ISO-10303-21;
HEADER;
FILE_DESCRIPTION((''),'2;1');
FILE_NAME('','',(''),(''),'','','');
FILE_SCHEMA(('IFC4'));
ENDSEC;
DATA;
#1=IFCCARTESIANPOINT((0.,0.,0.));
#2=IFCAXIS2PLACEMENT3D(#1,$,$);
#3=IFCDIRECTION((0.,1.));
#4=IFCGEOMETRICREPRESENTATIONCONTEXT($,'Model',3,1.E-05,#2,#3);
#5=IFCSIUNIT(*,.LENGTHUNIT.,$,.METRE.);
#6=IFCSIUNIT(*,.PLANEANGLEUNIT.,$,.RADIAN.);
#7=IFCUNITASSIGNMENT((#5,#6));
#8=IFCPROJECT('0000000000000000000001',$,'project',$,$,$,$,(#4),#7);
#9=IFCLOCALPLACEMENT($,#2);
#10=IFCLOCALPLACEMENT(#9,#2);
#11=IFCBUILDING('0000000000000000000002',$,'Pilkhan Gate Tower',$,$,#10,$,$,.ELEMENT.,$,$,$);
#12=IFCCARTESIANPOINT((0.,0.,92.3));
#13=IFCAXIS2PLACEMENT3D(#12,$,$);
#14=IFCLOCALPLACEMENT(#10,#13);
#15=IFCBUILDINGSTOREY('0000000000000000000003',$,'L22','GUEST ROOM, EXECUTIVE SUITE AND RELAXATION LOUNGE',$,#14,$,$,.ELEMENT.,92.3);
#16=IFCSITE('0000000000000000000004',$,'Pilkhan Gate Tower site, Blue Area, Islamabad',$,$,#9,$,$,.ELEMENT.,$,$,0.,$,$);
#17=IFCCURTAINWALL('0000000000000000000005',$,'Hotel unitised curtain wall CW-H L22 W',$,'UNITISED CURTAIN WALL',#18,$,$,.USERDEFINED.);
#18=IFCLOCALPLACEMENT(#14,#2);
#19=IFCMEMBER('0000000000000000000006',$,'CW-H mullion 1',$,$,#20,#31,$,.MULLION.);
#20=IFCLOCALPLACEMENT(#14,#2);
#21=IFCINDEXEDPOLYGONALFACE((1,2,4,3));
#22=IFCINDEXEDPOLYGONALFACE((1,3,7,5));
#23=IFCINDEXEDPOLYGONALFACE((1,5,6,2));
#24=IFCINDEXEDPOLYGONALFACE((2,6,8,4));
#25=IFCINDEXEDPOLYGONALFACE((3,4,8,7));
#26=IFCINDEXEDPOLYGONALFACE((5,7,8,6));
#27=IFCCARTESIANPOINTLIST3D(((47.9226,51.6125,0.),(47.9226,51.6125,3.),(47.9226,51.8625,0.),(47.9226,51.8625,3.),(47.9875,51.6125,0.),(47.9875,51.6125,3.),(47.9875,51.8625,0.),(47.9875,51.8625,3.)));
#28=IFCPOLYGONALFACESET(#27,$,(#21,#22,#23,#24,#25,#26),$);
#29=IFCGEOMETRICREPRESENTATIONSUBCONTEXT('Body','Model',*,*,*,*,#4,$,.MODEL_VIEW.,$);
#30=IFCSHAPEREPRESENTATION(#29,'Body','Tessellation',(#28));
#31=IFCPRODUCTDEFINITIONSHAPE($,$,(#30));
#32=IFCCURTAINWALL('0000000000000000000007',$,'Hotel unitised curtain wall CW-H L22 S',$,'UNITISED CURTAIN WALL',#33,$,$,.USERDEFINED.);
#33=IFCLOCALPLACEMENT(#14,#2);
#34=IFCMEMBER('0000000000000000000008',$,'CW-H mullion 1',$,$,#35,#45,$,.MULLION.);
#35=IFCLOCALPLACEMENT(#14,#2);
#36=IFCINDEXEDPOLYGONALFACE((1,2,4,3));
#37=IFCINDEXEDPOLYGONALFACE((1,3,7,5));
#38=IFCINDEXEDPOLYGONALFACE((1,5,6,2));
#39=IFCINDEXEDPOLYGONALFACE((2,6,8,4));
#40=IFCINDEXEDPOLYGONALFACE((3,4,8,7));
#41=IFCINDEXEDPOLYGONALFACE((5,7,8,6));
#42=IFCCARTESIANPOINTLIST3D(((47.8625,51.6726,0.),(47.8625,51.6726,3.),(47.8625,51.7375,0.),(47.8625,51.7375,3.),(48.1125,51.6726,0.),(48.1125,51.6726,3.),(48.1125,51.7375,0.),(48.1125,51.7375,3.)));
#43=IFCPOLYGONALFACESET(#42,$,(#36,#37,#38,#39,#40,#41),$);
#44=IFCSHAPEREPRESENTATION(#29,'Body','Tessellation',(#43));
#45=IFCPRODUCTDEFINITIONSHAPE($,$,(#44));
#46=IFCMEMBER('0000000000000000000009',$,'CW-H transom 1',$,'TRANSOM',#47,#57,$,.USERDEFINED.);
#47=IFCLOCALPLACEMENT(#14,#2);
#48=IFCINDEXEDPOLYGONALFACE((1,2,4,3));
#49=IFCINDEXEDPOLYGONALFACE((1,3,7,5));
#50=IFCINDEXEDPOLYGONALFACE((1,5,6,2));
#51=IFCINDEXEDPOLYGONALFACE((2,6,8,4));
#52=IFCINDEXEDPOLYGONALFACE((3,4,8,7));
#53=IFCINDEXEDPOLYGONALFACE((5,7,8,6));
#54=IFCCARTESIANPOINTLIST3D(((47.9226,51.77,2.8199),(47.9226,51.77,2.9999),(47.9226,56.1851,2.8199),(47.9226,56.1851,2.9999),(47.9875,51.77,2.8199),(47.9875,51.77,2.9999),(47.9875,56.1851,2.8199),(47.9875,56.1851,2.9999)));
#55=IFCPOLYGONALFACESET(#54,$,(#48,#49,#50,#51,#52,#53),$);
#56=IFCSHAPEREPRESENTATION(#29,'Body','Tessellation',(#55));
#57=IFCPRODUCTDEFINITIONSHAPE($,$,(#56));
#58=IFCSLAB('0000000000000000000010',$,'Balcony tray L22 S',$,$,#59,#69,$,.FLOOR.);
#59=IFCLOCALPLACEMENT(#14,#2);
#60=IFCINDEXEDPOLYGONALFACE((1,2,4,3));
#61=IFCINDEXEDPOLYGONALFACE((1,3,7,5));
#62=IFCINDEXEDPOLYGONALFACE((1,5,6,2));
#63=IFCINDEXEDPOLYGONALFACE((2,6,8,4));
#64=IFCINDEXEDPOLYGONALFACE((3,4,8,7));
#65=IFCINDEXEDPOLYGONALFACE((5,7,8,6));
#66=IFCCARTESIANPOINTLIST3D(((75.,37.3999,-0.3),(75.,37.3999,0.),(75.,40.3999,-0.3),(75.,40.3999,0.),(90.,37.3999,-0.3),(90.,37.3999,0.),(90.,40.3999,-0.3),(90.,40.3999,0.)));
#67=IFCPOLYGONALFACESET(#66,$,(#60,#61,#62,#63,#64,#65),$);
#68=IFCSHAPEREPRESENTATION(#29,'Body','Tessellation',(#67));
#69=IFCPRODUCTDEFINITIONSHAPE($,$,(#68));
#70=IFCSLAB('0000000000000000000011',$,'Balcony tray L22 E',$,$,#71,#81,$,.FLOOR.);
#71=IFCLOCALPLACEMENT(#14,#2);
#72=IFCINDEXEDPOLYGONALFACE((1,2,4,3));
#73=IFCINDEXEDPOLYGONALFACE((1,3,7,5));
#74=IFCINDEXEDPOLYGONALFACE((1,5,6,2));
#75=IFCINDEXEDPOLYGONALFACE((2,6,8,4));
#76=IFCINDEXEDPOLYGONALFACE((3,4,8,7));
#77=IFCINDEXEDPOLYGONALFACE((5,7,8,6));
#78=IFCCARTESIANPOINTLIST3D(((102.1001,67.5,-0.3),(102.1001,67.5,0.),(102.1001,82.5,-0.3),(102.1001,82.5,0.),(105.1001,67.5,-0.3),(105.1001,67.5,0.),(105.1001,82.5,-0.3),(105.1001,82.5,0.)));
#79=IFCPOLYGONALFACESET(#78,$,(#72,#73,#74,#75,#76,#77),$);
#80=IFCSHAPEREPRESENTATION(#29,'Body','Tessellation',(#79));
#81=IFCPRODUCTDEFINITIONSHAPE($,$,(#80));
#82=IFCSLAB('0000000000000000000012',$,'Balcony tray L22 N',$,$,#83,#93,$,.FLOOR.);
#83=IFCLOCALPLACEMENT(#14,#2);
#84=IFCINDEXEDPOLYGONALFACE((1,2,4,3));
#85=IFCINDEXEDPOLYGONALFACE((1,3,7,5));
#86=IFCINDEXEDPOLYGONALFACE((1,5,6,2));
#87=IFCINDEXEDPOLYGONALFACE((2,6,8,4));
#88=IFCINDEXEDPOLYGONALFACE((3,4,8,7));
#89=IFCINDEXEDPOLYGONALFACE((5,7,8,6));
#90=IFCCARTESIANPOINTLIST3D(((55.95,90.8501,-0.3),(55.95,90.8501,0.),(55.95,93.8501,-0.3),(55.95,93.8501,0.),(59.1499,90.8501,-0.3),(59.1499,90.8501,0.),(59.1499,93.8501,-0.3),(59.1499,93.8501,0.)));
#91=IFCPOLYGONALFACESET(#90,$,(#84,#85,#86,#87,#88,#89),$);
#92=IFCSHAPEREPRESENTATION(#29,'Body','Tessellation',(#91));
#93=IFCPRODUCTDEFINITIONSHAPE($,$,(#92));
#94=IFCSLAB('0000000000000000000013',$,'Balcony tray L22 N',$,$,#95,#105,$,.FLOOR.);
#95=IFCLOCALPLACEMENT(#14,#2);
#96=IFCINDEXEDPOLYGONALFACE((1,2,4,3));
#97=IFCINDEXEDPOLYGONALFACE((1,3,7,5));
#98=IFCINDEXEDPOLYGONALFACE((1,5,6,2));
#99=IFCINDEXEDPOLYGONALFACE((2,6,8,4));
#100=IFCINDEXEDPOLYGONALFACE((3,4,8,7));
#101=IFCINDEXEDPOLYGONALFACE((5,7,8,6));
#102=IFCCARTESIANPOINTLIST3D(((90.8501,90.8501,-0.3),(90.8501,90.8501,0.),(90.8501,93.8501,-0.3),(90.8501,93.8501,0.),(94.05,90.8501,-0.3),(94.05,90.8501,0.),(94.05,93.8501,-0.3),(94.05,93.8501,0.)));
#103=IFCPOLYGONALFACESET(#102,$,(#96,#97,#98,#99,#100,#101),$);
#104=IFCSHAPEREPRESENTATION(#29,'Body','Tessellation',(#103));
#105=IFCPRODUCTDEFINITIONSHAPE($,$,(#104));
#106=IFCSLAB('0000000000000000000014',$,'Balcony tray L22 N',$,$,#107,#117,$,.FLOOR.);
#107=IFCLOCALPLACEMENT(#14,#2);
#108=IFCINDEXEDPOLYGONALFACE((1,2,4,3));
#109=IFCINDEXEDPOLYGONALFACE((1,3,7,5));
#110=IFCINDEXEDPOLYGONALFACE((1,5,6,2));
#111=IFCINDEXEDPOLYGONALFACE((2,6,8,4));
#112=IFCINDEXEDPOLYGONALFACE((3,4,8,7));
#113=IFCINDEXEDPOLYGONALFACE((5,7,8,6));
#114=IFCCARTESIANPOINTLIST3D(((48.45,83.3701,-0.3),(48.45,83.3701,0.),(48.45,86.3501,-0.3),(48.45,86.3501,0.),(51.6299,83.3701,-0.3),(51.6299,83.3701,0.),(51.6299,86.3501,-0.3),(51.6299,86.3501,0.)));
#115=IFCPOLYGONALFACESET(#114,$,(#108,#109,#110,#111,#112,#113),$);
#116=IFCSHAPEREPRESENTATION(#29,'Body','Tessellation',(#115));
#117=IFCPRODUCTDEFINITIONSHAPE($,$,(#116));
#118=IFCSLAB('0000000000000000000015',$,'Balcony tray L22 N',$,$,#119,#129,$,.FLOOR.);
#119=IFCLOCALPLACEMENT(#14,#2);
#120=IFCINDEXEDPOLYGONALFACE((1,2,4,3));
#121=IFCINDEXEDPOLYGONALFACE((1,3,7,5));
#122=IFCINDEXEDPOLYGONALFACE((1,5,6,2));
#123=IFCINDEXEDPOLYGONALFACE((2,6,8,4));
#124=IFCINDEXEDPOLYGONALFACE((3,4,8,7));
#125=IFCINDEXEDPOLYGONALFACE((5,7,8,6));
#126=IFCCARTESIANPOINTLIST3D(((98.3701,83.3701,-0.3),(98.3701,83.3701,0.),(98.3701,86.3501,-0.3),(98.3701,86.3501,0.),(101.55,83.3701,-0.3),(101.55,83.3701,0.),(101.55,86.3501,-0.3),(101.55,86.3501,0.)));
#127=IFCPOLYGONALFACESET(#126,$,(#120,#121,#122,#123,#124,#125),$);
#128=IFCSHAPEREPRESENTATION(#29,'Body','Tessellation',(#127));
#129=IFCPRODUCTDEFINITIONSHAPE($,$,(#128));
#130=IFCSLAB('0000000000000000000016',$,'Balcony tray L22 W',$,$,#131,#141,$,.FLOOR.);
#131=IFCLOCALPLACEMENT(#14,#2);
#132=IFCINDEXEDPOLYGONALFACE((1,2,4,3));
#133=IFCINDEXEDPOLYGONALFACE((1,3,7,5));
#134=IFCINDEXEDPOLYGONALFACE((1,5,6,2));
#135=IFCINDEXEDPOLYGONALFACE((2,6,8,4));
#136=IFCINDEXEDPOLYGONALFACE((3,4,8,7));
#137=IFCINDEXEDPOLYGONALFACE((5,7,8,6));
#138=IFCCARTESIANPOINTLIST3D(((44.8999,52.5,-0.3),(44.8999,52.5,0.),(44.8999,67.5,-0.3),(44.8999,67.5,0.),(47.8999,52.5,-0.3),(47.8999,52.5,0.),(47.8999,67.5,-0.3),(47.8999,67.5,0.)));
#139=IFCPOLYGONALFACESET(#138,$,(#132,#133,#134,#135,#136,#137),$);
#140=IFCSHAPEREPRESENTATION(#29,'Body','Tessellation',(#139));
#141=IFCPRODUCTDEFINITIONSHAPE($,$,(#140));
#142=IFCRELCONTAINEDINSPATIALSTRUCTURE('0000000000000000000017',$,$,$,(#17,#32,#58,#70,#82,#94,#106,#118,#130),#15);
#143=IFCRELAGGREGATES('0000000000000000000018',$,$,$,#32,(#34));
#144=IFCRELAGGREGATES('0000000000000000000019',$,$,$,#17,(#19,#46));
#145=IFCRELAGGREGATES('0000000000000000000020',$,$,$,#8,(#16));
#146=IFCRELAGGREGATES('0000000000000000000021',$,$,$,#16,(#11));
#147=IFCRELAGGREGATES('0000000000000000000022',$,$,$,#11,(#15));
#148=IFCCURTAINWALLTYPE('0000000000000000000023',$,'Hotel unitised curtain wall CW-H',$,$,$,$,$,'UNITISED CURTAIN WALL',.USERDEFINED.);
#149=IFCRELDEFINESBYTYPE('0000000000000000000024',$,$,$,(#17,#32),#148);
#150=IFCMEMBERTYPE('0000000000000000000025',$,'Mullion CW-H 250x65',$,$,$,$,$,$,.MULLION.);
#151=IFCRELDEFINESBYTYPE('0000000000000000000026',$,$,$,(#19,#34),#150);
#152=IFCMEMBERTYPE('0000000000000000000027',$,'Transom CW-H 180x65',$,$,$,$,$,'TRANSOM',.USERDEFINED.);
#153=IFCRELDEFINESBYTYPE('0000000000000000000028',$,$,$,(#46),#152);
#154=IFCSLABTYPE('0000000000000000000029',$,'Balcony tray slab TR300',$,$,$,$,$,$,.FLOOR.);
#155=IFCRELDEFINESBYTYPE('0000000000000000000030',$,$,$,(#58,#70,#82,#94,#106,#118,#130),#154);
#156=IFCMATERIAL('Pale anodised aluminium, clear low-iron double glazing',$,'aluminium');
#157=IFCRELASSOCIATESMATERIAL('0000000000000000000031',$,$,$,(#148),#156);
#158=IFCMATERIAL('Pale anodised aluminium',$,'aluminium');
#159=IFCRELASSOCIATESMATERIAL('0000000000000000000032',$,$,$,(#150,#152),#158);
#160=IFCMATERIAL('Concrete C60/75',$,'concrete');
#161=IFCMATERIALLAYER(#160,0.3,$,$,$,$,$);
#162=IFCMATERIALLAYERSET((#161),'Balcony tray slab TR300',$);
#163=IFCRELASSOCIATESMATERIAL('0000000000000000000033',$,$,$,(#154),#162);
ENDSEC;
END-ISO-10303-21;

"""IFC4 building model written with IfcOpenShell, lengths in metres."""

from ifc_helpers import new_model, si_unit, direction, frame, origin, origin_2d, place, context, subcontext, project, spatial, polyline, rectangle, outline, extrude, material, layer, layer_set, material_profile, profile_set, type_object, element, aggregate, save


model = new_model("IFC4")

# Units and contexts
model_context = context("Model", 3, precision=1e-05, world=origin(), true_north=direction((0.0, 1.0)))
body_context = subcontext(model_context, "Body", "Model", "MODEL_VIEW")
ifc_project = project(units=[si_unit("LENGTHUNIT", "METRE"), si_unit("PLANEANGLEUNIT", "RADIAN")], contexts=[model_context])

# Site, building, storey
site_placement = place(None, origin())
site = spatial("IfcSite", under=ifc_project, at=site_placement, Name="Pilkhan Gate Tower site, Blue Area, Islamabad", CompositionType="ELEMENT", RefElevation=0.0)
building_placement = place(site_placement, origin())
building = spatial("IfcBuilding", under=site, at=building_placement, Name="Pilkhan Gate Tower", CompositionType="ELEMENT")
storey_placement = place(building_placement, frame((0.0, 0.0, 92.3)))
storey = spatial("IfcBuildingStorey", under=building, at=storey_placement, Name="L22", Description="GUEST ROOM, EXECUTIVE SUITE AND RELAXATION LOUNGE", CompositionType="ELEMENT", Elevation=92.3)

# Curtain walls, members
ifc_material_1 = material(Name="Pale anodised aluminium, clear low-iron double glazing", Category="aluminium")
curtain_wall_type = type_object("IfcCurtainWallType", Name="Hotel unitised curtain wall CW-H", ElementType="UNITISED CURTAIN WALL", PredefinedType="USERDEFINED", material=ifc_material_1)
curtain_wall_1_placement = place(storey_placement, origin())
curtain_wall_1 = element("IfcCurtainWall", 1, at=curtain_wall_1_placement, inside=storey, type_object=curtain_wall_type, Name="Hotel unitised curtain wall CW-H L22 W", ObjectType="UNITISED CURTAIN WALL", PredefinedType="USERDEFINED")
ifc_material_2 = material(Name="Pale anodised aluminium", Category="aluminium")
ifc_material_profile_1 = material_profile(ifc_material_2, rectangle(XDim=0.0649, YDim=0.25, at=origin_2d()), Name="Mullion 250x65")
ifc_profile_set_1 = profile_set([ifc_material_profile_1], Name="Pale anodised aluminium")
member_type_1 = type_object("IfcMemberType", Name="Mullion CW-H 250x65", PredefinedType="MULLION", material=ifc_profile_set_1)
member_1_placement = place(storey_placement, frame((47.9551, 51.7375, 0.0), z_axis=(0.0, 0.0, 1.0), x_axis=(-1.0, 0.0, 0.0)))
member_1 = element("IfcMember", 2, at=member_1_placement, type_object=member_type_1, Name="CW-H mullion 1", PredefinedType="MULLION", context=body_context, shape_type="SweptSolid", body=[
    extrude(rectangle(XDim=0.0649, YDim=0.25, at=origin_2d()), origin(), (0.0, 0.0, 1.0), 3.0),
])
curtain_wall_2_placement = place(storey_placement, origin())
curtain_wall_2 = element("IfcCurtainWall", 3, at=curtain_wall_2_placement, inside=storey, type_object=curtain_wall_type, Name="Hotel unitised curtain wall CW-H L22 S", ObjectType="UNITISED CURTAIN WALL", PredefinedType="USERDEFINED")
member_2_placement = place(storey_placement, frame((47.9875, 51.7051, 0.0), z_axis=(0.0, 0.0, 1.0), x_axis=(0.0, 1.0, 0.0)))
member_2 = element("IfcMember", 4, at=member_2_placement, type_object=member_type_1, Name="CW-H mullion 1", PredefinedType="MULLION", context=body_context, shape_type="SweptSolid", body=[
    extrude(rectangle(XDim=0.0649, YDim=0.25, at=origin_2d()), origin(), (0.0, 0.0, 1.0), 3.0),
])
aggregate(curtain_wall_2, [member_2])

# Member
ifc_material_profile_2 = material_profile(ifc_material_2, rectangle(XDim=0.0649, YDim=0.1799, at=origin_2d()), Name="Transom 180x65")
ifc_profile_set_2 = profile_set([ifc_material_profile_2], Name="Pale anodised aluminium")
member_type_2 = type_object("IfcMemberType", Name="Transom CW-H 180x65", ElementType="TRANSOM", PredefinedType="USERDEFINED", material=ifc_profile_set_2)
member_3_placement = place(storey_placement, frame((47.9551, 51.77, 2.9099), z_axis=(0.0, 1.0, 0.0), x_axis=(-1.0, 0.0, 0.0)))
member_3 = element("IfcMember", 5, at=member_3_placement, type_object=member_type_2, Name="CW-H transom 1", ObjectType="TRANSOM", PredefinedType="USERDEFINED", context=body_context, shape_type="SweptSolid", body=[
    extrude(rectangle(XDim=0.0649, YDim=0.1799, at=origin_2d()), origin(), (0.0, 0.0, 1.0), 4.415),
])
aggregate(curtain_wall_1, [member_1, member_3])

# Slabs
ifc_material_3 = material(Name="Concrete C60/75", Category="concrete")
ifc_layer_1 = layer(ifc_material_3, 0.3)
ifc_layer_set_1 = layer_set([ifc_layer_1], Name="Balcony tray slab TR300")
slab_type_1 = type_object("IfcSlabType", Name="Balcony tray slab TR300", PredefinedType="FLOOR", material=ifc_layer_set_1)
slab_1_placement = place(storey_placement, frame((0.0, 0.0, -0.3)))
element("IfcSlab", 6, at=slab_1_placement, inside=storey, type_object=slab_type_1, Name="Balcony tray L22 S", PredefinedType="FLOOR", context=body_context, shape_type="SweptSolid", body=[
    extrude(outline(polyline([(90.0, 37.3999), (90.0, 40.3999), (75.0, 40.3999), (75.0, 37.3999), (90.0, 37.3999)])), origin(), (0.0, 0.0, 1.0), 0.3),
])
slab_2_placement = place(storey_placement, frame((0.0, 0.0, -0.3)))
element("IfcSlab", 7, at=slab_2_placement, inside=storey, type_object=slab_type_1, Name="Balcony tray L22 E", PredefinedType="FLOOR", context=body_context, shape_type="SweptSolid", body=[
    extrude(outline(polyline([(105.1001, 67.5), (105.1001, 82.5), (102.1001, 82.5), (102.1001, 67.5), (105.1001, 67.5)])), origin(), (0.0, 0.0, 1.0), 0.3),
])
slab_3_placement = place(storey_placement, frame((0.0, 0.0, -0.3)))
element("IfcSlab", 8, at=slab_3_placement, inside=storey, type_object=slab_type_1, Name="Balcony tray L22 N", PredefinedType="FLOOR", context=body_context, shape_type="SweptSolid", body=[
    extrude(outline(polyline([(59.1499, 90.8501), (59.1499, 93.8501), (55.95, 93.8501), (55.95, 90.8501), (59.1499, 90.8501)])), origin(), (0.0, 0.0, 1.0), 0.3),
])
slab_4_placement = place(storey_placement, frame((0.0, 0.0, -0.3)))
element("IfcSlab", 9, at=slab_4_placement, inside=storey, type_object=slab_type_1, Name="Balcony tray L22 N", PredefinedType="FLOOR", context=body_context, shape_type="SweptSolid", body=[
    extrude(outline(polyline([(94.05, 90.8501), (94.05, 93.8501), (90.8501, 93.8501), (90.8501, 90.8501), (94.05, 90.8501)])), origin(), (0.0, 0.0, 1.0), 0.3),
])
slab_5_placement = place(storey_placement, frame((0.0, 0.0, -0.3)))
element("IfcSlab", 10, at=slab_5_placement, inside=storey, type_object=slab_type_1, Name="Balcony tray L22 N", PredefinedType="FLOOR", context=body_context, shape_type="SweptSolid", body=[
    extrude(outline(polyline([(51.6299, 83.3701), (51.6299, 86.3501), (48.45, 86.3501), (48.45, 83.3701), (51.6299, 83.3701)])), origin(), (0.0, 0.0, 1.0), 0.3),
])
slab_6_placement = place(storey_placement, frame((0.0, 0.0, -0.3)))
element("IfcSlab", 11, at=slab_6_placement, inside=storey, type_object=slab_type_1, Name="Balcony tray L22 N", PredefinedType="FLOOR", context=body_context, shape_type="SweptSolid", body=[
    extrude(outline(polyline([(101.55, 83.3701), (101.55, 86.3501), (98.3701, 86.3501), (98.3701, 83.3701), (101.55, 83.3701)])), origin(), (0.0, 0.0, 1.0), 0.3),
])
slab_7_placement = place(storey_placement, frame((0.0, 0.0, -0.3)))
element("IfcSlab", 12, at=slab_7_placement, inside=storey, type_object=slab_type_1, Name="Balcony tray L22 W", PredefinedType="FLOOR", context=body_context, shape_type="SweptSolid", body=[
    extrude(outline(polyline([(47.8999, 52.5), (47.8999, 67.5), (44.8999, 67.5), (44.8999, 52.5), (47.8999, 52.5)])), origin(), (0.0, 0.0, 1.0), 0.3),
])

save(model, "model.ifc")
